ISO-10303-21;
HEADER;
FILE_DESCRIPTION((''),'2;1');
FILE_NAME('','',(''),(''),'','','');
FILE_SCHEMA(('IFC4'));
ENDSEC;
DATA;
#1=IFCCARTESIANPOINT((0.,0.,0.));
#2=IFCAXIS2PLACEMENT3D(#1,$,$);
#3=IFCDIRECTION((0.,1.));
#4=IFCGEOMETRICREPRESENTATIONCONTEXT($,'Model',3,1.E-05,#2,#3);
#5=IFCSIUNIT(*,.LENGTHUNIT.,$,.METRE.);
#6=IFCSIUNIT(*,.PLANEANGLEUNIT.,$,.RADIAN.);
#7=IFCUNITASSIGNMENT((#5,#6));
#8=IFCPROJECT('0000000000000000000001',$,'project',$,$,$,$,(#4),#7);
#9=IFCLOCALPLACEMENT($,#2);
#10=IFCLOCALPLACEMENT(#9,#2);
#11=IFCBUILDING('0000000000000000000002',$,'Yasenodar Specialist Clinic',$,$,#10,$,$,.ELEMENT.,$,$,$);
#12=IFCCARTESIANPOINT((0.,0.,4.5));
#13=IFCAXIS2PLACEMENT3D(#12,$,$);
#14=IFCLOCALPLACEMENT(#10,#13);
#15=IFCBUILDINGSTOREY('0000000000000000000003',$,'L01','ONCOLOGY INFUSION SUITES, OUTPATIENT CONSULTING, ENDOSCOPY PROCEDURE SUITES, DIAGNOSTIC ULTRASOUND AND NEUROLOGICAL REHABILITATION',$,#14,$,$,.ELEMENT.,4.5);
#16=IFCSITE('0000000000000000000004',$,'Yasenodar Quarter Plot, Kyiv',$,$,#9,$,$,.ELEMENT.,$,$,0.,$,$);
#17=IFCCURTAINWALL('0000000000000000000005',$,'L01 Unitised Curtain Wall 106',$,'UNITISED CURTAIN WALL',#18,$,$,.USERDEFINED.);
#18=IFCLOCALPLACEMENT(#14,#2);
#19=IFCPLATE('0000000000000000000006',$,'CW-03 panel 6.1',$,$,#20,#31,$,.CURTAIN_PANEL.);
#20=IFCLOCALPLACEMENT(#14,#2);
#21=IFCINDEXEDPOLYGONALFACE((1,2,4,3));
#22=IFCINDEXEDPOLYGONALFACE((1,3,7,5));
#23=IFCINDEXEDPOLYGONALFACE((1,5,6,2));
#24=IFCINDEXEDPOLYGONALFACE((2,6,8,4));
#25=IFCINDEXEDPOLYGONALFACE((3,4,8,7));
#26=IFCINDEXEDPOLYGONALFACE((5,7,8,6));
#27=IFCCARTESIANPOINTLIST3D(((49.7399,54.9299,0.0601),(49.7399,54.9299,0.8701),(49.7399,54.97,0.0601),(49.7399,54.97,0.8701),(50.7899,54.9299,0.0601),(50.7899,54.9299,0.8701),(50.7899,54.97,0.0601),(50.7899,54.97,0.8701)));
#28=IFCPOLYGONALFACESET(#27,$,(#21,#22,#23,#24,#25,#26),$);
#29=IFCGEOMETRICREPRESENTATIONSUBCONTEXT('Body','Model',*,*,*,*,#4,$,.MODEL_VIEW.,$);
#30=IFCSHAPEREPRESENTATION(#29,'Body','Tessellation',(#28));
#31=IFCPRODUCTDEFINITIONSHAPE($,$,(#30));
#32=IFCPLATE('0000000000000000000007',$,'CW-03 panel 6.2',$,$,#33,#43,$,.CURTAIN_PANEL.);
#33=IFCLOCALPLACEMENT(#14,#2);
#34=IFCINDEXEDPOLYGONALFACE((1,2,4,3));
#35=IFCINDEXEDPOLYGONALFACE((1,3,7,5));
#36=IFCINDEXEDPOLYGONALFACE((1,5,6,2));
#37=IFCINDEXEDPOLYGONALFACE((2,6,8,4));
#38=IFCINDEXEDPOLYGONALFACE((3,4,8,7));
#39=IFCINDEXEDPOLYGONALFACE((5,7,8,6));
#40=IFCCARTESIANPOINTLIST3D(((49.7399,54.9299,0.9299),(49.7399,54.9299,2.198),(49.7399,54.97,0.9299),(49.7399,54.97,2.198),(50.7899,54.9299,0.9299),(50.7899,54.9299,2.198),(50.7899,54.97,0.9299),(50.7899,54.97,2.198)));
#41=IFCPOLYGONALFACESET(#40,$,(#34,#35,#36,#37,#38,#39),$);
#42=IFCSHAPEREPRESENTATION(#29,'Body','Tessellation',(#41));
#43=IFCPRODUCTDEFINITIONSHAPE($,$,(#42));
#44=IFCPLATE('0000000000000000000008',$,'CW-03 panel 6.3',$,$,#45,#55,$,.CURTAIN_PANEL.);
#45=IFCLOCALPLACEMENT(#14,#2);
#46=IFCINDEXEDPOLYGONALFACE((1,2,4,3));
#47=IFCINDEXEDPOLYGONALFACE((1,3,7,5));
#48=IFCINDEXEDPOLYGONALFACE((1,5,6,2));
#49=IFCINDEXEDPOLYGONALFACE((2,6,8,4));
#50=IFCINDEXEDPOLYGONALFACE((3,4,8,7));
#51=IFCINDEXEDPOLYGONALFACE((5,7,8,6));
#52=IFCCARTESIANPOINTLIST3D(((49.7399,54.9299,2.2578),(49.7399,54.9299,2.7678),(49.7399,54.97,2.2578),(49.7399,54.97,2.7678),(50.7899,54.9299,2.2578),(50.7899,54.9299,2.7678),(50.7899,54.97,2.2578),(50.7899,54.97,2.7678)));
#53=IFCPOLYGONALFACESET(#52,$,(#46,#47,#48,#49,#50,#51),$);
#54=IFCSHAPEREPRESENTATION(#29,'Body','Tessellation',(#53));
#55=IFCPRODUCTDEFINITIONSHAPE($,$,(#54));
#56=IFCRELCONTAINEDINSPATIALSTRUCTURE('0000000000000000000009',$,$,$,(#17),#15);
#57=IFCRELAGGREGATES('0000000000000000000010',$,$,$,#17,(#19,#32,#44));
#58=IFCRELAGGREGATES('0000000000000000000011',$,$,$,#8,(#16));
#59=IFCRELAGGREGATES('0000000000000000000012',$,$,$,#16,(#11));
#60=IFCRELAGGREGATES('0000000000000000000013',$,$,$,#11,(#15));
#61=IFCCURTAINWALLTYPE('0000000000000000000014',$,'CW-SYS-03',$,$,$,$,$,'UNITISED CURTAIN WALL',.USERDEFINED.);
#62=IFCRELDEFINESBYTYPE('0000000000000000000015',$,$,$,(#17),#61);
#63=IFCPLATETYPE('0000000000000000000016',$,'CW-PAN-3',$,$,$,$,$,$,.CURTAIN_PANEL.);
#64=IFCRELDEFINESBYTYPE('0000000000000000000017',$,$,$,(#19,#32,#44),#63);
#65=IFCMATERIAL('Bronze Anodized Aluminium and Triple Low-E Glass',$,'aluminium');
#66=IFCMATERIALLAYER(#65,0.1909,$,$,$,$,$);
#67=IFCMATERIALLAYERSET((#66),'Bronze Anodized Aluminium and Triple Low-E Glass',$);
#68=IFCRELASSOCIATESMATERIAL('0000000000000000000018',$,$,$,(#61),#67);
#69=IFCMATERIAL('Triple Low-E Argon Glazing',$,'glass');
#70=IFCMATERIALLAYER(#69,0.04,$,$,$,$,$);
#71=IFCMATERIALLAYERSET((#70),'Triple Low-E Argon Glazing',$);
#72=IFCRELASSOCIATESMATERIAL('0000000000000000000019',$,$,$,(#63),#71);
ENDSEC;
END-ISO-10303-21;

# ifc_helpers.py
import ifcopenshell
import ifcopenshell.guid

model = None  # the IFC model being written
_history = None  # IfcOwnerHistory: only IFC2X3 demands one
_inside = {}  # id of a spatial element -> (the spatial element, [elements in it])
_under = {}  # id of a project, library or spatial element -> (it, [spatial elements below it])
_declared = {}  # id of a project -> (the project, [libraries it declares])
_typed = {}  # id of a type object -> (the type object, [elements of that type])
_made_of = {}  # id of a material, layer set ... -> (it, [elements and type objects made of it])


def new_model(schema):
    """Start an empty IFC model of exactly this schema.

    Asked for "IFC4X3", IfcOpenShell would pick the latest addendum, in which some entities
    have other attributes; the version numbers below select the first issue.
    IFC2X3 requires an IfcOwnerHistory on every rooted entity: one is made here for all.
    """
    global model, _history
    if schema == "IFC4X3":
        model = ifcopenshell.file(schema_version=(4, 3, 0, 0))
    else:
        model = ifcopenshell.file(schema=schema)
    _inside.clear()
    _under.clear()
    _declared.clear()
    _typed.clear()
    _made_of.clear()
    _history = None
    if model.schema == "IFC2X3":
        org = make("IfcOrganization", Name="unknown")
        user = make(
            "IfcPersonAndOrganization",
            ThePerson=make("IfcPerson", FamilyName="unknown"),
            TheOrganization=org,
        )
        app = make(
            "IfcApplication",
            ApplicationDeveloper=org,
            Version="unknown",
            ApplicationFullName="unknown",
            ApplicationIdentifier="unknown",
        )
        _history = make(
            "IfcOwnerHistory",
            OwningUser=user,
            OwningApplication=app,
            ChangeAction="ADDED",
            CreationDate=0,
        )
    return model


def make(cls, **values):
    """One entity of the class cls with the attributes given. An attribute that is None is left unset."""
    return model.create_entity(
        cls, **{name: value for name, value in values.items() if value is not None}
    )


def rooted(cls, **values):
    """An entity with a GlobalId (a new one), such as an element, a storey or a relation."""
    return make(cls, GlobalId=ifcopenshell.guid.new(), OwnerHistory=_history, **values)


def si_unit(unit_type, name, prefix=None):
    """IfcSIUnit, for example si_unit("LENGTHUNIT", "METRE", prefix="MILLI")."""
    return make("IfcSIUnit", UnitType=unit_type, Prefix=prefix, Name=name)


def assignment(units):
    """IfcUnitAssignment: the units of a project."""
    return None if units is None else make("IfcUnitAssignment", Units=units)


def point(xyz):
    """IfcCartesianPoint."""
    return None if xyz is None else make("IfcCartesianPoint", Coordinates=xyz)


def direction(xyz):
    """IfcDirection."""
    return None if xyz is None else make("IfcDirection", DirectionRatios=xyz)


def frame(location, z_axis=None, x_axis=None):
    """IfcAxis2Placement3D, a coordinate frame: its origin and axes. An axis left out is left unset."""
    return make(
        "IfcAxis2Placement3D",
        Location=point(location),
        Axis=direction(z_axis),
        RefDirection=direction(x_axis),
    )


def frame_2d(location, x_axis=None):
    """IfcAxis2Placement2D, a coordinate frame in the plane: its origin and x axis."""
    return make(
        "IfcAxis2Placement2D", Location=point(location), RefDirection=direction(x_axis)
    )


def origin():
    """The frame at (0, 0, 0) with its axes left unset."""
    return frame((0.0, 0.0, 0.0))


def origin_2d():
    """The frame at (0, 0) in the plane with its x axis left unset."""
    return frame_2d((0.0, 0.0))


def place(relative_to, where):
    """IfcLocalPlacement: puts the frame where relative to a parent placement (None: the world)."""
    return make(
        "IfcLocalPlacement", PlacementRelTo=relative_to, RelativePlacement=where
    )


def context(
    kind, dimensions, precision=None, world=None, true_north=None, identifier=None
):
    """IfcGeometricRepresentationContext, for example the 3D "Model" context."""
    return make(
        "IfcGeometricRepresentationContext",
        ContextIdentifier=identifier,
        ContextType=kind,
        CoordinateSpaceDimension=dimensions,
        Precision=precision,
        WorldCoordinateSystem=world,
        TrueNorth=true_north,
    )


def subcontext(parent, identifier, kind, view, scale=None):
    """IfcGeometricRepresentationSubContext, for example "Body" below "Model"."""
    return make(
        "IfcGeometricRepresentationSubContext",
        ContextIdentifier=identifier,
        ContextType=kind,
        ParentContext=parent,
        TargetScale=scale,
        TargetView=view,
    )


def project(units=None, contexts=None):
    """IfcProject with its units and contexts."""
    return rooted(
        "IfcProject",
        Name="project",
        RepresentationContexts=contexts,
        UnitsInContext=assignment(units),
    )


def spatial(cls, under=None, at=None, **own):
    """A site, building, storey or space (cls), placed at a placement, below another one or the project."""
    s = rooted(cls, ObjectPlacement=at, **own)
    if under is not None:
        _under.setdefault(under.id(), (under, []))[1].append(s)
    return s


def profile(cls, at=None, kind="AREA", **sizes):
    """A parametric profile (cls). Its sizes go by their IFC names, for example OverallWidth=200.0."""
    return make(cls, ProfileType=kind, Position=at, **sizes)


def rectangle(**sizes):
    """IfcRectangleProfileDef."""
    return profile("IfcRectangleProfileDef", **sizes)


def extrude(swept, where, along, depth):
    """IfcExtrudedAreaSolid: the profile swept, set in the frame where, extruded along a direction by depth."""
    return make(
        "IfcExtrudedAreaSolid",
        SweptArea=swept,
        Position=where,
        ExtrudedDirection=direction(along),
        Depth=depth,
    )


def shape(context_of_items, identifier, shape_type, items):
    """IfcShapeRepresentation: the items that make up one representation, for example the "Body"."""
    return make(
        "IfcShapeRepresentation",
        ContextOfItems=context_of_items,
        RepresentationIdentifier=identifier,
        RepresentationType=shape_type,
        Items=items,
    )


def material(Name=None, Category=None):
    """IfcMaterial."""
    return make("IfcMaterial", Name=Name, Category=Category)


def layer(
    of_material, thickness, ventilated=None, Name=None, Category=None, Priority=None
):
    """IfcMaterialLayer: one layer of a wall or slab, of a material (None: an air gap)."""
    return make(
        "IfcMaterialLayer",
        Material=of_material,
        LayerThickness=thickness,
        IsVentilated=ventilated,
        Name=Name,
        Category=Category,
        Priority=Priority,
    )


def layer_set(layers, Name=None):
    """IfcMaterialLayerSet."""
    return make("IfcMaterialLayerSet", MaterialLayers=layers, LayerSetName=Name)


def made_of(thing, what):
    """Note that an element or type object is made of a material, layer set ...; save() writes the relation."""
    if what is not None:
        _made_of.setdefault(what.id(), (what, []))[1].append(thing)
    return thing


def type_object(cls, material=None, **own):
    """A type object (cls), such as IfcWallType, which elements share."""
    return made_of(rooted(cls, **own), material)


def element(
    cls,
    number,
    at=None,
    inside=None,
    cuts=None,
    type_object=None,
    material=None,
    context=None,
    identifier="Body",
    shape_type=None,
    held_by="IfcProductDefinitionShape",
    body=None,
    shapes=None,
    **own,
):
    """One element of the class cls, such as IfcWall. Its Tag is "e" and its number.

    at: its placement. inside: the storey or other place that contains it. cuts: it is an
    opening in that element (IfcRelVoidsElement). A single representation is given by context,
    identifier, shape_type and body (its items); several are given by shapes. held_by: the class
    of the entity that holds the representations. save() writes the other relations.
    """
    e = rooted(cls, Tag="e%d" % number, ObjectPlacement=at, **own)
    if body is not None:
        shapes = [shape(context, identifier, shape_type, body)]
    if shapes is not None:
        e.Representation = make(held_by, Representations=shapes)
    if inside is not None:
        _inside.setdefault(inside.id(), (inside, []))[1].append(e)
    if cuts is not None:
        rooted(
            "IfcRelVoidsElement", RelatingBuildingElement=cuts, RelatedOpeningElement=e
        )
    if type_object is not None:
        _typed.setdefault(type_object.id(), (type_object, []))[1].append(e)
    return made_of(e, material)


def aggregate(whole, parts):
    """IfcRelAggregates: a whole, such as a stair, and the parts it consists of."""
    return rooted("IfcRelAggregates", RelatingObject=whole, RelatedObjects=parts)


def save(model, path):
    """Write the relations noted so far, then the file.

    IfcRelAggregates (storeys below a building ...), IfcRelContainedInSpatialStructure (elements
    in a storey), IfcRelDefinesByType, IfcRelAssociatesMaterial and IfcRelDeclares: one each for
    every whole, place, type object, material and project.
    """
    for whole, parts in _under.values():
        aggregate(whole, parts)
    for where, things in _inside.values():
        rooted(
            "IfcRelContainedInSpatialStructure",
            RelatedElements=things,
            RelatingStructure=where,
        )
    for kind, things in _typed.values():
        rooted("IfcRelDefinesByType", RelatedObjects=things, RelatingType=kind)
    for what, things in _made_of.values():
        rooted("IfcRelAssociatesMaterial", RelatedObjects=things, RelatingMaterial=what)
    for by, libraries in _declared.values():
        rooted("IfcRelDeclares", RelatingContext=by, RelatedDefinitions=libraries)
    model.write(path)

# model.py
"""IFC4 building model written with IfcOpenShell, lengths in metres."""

from ifc_helpers import new_model, si_unit, direction, frame, origin, origin_2d, place, context, subcontext, project, spatial, rectangle, extrude, material, layer, layer_set, type_object, element, aggregate, save


model = new_model("IFC4")

# Units and contexts
model_context = context("Model", 3, precision=1e-05, world=origin(), true_north=direction((0.0, 1.0)))
body_context = subcontext(model_context, "Body", "Model", "MODEL_VIEW")
ifc_project = project(units=[si_unit("LENGTHUNIT", "METRE"), si_unit("PLANEANGLEUNIT", "RADIAN")], contexts=[model_context])

# Site, building, storey
site_placement = place(None, origin())
site = spatial("IfcSite", under=ifc_project, at=site_placement, Name="Yasenodar Quarter Plot, Kyiv", CompositionType="ELEMENT", RefElevation=0.0)
building_placement = place(site_placement, origin())
building = spatial("IfcBuilding", under=site, at=building_placement, Name="Yasenodar Specialist Clinic", CompositionType="ELEMENT")
storey_placement = place(building_placement, frame((0.0, 0.0, 4.5)))
storey = spatial("IfcBuildingStorey", under=building, at=storey_placement, Name="L01", Description="ONCOLOGY INFUSION SUITES, OUTPATIENT CONSULTING, ENDOSCOPY PROCEDURE SUITES, DIAGNOSTIC ULTRASOUND AND NEUROLOGICAL REHABILITATION", CompositionType="ELEMENT", Elevation=4.5)

# Curtain wall, plates
ifc_material_1 = material(Name="Bronze Anodized Aluminium and Triple Low-E Glass", Category="aluminium")
ifc_layer_1 = layer(ifc_material_1, 0.1909)
ifc_layer_set_1 = layer_set([ifc_layer_1], Name="Bronze Anodized Aluminium and Triple Low-E Glass")
curtain_wall_type = type_object("IfcCurtainWallType", Name="CW-SYS-03", ElementType="UNITISED CURTAIN WALL", PredefinedType="USERDEFINED", material=ifc_layer_set_1)
curtain_wall_placement = place(storey_placement, origin())
curtain_wall = element("IfcCurtainWall", 1, at=curtain_wall_placement, inside=storey, type_object=curtain_wall_type, Name="L01 Unitised Curtain Wall 106", ObjectType="UNITISED CURTAIN WALL", PredefinedType="USERDEFINED")
ifc_material_2 = material(Name="Triple Low-E Argon Glazing", Category="glass")
ifc_layer_2 = layer(ifc_material_2, 0.04)
ifc_layer_set_2 = layer_set([ifc_layer_2], Name="Triple Low-E Argon Glazing")
plate_type = type_object("IfcPlateType", Name="CW-PAN-3", PredefinedType="CURTAIN_PANEL", material=ifc_layer_set_2)
plate_1_placement = place(storey_placement, frame((50.2649, 54.95, 0.0601), z_axis=(0.0, 0.0, 1.0), x_axis=(-1.0, 0.0, 0.0)))
plate_1 = element("IfcPlate", 2, at=plate_1_placement, type_object=plate_type, Name="CW-03 panel 6.1", PredefinedType="CURTAIN_PANEL", context=body_context, shape_type="SweptSolid", body=[
    extrude(rectangle(XDim=1.05, YDim=0.04, at=origin_2d()), origin(), (0.0, 0.0, 1.0), 0.8101),
])
plate_2_placement = place(storey_placement, frame((50.2649, 54.95, 0.9299), z_axis=(0.0, 0.0, 1.0), x_axis=(-1.0, 0.0, 0.0)))
plate_2 = element("IfcPlate", 3, at=plate_2_placement, type_object=plate_type, Name="CW-03 panel 6.2", PredefinedType="CURTAIN_PANEL", context=body_context, shape_type="SweptSolid", body=[
    extrude(rectangle(XDim=1.05, YDim=0.04, at=origin_2d()), origin(), (0.0, 0.0, 1.0), 1.2681),
])
plate_3_placement = place(storey_placement, frame((50.2649, 54.95, 2.2578), z_axis=(0.0, 0.0, 1.0), x_axis=(-1.0, 0.0, 0.0)))
plate_3 = element("IfcPlate", 4, at=plate_3_placement, type_object=plate_type, Name="CW-03 panel 6.3", PredefinedType="CURTAIN_PANEL", context=body_context, shape_type="SweptSolid", body=[
    extrude(rectangle(XDim=1.05, YDim=0.04, at=origin_2d()), origin(), (0.0, 0.0, 1.0), 0.51),
])
aggregate(curtain_wall, [plate_1, plate_2, plate_3])

save(model, "model.ifc")
